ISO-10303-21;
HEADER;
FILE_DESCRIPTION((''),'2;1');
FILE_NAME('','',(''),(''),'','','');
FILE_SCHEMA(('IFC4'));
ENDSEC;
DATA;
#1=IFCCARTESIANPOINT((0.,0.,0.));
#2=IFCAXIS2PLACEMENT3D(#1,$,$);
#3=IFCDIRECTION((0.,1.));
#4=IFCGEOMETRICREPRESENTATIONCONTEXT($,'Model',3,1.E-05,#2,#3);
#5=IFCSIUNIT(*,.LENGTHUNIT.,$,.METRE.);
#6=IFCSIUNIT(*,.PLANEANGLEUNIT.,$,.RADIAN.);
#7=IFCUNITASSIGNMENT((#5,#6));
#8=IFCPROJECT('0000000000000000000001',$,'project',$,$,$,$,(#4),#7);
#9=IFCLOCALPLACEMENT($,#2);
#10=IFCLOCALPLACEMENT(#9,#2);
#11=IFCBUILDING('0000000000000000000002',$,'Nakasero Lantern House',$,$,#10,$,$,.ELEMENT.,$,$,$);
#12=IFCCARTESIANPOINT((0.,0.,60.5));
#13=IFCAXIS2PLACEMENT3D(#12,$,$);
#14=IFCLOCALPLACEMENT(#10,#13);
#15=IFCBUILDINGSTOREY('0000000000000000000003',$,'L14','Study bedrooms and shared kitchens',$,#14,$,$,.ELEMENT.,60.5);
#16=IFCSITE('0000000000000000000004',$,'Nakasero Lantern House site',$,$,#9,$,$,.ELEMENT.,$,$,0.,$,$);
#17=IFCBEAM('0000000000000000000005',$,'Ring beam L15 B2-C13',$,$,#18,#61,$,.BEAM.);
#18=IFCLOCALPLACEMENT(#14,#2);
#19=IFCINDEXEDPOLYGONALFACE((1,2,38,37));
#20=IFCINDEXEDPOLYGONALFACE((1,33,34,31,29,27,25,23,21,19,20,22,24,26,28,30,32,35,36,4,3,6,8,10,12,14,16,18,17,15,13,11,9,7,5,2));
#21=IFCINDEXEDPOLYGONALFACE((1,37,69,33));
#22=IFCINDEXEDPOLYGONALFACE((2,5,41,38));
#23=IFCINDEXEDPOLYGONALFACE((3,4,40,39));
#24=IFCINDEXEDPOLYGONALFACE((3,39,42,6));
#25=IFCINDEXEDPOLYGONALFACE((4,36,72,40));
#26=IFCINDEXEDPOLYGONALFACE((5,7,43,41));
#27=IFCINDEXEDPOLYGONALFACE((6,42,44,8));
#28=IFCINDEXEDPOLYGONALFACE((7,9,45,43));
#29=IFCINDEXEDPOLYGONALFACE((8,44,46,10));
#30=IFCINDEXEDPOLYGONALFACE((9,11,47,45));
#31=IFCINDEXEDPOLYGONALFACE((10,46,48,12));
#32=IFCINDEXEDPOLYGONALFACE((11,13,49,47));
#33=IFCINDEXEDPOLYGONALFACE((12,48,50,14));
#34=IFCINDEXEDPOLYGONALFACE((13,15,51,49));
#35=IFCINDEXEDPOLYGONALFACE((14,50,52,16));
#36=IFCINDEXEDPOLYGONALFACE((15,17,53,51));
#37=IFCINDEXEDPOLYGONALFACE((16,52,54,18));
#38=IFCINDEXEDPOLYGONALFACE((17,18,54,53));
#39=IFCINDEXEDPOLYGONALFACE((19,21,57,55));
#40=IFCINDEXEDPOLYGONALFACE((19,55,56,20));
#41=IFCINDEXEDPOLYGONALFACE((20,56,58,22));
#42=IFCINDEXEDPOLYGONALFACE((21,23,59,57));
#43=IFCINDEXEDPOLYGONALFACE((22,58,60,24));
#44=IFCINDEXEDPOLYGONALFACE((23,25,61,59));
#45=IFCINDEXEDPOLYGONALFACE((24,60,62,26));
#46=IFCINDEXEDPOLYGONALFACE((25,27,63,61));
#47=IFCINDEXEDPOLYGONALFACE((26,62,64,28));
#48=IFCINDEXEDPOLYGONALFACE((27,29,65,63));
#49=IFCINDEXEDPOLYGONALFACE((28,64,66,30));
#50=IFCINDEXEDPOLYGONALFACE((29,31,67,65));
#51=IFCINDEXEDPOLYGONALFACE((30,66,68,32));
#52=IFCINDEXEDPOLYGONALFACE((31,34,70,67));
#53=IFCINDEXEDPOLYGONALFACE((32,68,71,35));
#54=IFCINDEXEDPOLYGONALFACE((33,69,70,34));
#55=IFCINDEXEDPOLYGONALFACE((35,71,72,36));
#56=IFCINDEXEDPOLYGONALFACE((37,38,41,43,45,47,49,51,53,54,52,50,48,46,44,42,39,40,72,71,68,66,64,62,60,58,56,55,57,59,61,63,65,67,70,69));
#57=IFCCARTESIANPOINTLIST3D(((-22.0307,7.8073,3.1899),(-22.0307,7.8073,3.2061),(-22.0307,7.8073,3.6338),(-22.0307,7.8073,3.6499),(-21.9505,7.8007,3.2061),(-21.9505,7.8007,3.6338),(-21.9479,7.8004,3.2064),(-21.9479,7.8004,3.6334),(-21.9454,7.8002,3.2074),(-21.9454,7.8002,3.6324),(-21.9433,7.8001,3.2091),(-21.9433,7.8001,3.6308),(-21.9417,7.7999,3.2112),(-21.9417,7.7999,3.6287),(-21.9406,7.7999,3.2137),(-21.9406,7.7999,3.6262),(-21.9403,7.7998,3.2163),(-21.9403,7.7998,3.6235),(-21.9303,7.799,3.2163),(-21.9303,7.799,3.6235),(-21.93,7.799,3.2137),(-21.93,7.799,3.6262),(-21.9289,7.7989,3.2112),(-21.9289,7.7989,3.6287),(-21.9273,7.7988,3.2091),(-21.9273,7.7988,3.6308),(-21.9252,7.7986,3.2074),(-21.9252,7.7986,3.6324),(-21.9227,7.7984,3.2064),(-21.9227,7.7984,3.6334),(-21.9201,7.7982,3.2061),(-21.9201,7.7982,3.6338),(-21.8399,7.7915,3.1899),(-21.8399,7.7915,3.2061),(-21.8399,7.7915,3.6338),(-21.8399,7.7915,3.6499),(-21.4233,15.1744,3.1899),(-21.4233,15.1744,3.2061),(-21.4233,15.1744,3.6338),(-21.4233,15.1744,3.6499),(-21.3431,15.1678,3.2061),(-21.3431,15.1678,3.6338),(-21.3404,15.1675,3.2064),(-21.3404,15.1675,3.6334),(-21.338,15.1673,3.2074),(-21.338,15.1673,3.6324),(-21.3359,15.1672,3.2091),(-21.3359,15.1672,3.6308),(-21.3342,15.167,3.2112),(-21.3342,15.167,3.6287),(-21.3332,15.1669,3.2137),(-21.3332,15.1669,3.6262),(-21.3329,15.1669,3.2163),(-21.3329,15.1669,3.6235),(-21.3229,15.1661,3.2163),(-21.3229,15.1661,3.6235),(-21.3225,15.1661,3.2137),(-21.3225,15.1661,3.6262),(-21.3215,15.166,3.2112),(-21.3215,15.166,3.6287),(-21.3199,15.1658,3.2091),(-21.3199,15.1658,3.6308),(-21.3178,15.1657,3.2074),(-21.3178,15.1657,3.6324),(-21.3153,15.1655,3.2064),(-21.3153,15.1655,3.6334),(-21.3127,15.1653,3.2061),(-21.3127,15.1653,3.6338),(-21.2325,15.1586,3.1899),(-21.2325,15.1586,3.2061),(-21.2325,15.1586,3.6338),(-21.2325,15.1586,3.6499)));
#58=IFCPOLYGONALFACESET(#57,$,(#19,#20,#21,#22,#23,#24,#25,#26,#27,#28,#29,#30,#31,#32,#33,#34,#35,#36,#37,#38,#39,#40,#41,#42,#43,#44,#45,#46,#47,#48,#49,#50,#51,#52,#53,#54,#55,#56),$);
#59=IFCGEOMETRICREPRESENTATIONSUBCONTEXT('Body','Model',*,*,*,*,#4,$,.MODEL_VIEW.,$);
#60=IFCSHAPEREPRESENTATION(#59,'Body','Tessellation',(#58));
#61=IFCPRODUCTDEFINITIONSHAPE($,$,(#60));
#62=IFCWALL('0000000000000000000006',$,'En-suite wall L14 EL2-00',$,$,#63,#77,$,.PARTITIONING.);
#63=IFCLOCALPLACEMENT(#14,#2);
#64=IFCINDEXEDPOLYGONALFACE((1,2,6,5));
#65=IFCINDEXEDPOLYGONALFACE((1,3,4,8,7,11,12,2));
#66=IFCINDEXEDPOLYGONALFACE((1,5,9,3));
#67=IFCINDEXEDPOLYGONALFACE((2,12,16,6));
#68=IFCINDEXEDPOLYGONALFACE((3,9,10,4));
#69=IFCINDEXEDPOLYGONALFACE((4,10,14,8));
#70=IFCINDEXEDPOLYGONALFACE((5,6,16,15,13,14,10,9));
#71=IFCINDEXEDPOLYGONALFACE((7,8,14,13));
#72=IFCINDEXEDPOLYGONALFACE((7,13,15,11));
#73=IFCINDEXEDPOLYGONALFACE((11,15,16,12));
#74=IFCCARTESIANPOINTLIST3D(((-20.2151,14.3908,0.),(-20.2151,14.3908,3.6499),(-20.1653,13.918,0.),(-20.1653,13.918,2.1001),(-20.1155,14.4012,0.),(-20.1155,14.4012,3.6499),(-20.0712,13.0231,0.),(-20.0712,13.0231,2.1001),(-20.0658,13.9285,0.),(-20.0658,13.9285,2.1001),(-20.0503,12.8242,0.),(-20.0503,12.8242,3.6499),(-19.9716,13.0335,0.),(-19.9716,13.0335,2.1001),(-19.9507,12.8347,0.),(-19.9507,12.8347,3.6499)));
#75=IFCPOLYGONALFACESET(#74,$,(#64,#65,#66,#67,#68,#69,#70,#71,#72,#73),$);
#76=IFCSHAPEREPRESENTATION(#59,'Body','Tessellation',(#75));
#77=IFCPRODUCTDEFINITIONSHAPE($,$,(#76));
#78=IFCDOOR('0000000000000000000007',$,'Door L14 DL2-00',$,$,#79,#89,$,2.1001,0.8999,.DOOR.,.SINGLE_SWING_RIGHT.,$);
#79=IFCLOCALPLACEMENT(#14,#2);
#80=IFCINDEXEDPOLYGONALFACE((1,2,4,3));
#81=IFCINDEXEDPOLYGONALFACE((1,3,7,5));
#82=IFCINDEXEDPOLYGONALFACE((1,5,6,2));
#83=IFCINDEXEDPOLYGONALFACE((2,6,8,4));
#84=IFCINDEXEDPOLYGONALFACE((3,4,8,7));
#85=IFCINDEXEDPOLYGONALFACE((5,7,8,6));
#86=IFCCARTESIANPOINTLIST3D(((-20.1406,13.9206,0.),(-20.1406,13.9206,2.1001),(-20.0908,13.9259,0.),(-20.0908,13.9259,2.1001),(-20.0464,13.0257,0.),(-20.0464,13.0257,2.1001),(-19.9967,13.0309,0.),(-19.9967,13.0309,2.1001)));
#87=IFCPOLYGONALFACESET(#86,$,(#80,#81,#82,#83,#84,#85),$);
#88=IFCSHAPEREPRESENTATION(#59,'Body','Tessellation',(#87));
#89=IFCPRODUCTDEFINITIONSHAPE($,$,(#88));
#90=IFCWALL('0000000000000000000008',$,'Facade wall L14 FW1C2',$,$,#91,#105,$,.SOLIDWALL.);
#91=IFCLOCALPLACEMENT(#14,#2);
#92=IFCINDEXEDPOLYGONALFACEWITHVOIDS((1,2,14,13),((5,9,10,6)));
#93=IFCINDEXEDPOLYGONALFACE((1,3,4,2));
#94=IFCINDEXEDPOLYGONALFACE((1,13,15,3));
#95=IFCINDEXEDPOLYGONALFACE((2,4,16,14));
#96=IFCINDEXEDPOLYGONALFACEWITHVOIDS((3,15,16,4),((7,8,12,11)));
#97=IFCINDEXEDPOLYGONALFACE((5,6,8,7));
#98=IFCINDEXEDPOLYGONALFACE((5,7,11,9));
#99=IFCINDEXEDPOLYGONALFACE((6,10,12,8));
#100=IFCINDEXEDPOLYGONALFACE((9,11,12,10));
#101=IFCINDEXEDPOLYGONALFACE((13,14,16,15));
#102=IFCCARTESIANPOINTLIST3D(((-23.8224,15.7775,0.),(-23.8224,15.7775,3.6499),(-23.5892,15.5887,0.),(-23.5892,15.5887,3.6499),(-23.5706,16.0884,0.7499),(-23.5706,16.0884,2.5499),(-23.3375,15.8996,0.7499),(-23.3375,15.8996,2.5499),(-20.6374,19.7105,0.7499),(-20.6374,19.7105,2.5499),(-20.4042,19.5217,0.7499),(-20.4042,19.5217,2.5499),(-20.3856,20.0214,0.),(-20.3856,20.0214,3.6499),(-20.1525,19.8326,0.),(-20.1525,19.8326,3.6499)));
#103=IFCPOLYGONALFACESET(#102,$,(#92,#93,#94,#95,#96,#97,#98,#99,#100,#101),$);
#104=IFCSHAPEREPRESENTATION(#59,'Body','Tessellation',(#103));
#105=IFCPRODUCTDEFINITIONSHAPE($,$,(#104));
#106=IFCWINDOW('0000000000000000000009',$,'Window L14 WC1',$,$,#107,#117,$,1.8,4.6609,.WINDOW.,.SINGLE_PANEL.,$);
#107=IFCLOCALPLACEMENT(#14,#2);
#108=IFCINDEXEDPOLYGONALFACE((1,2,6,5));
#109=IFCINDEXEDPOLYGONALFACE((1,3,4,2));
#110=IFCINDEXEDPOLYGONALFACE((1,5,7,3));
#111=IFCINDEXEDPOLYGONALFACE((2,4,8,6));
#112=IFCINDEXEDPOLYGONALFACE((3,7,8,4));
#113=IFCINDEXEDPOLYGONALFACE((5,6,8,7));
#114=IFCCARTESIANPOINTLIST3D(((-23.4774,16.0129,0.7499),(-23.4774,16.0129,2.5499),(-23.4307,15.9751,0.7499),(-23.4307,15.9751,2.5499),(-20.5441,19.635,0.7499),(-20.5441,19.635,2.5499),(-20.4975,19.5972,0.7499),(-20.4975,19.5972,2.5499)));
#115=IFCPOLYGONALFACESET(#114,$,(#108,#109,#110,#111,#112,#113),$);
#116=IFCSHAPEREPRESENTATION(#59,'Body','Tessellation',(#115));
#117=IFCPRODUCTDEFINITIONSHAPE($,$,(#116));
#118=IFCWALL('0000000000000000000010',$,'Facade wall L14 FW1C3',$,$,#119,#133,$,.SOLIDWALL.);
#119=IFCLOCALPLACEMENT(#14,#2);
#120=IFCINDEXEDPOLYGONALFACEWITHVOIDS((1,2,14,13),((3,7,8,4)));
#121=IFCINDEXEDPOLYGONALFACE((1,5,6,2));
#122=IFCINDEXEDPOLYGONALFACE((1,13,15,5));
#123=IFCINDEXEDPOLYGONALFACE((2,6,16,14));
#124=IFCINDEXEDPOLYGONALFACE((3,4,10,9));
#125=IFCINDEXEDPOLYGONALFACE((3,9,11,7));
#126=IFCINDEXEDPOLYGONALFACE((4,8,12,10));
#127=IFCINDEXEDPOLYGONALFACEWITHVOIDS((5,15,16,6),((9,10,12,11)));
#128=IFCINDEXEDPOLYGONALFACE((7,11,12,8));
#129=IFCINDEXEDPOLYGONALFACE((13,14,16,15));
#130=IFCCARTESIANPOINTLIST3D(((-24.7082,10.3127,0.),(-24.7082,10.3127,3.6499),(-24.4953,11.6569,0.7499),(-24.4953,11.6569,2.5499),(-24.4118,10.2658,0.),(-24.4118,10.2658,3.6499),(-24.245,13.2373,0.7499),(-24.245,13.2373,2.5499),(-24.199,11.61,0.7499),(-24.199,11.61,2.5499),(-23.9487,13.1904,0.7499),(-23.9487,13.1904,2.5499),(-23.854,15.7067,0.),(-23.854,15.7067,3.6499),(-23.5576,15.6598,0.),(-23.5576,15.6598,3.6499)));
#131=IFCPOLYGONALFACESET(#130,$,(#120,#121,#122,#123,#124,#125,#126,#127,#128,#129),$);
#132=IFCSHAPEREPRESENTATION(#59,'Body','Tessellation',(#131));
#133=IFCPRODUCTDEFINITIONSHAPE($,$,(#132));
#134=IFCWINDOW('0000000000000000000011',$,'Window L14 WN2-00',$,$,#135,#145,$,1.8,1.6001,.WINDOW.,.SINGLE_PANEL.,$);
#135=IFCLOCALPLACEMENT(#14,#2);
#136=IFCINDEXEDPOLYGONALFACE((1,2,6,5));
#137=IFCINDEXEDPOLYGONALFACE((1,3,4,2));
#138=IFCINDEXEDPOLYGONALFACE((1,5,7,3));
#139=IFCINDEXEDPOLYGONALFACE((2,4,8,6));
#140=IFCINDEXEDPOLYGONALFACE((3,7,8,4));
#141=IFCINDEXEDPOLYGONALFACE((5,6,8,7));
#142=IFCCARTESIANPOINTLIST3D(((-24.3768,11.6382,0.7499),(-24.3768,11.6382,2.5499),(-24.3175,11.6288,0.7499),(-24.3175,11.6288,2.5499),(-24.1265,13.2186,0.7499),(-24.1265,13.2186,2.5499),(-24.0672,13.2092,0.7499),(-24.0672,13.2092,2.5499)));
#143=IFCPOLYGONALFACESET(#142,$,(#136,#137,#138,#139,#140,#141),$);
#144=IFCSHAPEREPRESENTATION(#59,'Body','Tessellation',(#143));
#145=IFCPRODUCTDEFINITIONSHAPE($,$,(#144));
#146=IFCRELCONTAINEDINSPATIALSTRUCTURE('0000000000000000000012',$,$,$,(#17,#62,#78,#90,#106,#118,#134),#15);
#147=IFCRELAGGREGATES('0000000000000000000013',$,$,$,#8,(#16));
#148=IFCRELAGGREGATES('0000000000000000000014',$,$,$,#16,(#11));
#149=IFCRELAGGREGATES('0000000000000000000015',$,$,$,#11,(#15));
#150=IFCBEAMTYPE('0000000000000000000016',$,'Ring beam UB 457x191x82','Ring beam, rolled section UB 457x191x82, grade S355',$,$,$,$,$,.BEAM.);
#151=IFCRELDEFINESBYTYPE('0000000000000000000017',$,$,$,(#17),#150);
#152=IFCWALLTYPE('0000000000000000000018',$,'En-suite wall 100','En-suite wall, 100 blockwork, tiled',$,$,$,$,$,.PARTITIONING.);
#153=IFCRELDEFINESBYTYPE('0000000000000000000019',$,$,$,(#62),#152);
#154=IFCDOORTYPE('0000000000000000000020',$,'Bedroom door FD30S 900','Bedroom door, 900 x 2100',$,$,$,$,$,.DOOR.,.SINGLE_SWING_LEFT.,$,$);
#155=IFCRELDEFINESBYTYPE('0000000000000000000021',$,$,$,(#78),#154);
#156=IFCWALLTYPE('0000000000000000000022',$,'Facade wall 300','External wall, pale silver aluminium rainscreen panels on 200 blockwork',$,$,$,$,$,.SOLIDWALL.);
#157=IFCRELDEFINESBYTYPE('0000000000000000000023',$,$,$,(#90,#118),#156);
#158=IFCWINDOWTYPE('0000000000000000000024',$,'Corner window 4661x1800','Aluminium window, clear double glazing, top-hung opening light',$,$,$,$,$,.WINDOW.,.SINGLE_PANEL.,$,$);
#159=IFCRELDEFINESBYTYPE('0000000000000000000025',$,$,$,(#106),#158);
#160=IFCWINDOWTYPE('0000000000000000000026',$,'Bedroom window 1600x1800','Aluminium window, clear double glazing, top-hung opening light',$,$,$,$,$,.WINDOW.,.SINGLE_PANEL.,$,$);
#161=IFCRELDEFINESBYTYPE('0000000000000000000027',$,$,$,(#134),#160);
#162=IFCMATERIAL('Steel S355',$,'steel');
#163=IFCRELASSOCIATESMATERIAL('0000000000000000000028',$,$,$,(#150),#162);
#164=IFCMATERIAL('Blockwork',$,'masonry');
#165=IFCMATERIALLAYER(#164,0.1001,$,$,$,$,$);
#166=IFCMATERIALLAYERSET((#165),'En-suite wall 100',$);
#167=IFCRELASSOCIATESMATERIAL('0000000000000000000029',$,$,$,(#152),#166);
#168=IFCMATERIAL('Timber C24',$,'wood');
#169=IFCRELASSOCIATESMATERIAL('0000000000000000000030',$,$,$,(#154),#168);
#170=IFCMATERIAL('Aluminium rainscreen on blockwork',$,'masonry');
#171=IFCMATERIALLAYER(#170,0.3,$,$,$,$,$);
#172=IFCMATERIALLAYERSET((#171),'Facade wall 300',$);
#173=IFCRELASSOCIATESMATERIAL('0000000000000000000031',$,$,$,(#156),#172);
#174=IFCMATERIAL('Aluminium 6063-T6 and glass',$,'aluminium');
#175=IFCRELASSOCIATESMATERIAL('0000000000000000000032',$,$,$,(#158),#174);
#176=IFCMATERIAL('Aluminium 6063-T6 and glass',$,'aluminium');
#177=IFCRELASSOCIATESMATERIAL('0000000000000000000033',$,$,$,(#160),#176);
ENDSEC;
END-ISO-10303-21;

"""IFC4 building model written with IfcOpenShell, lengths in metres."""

from ifc_helpers import new_model, si_unit, direction, frame, frame_2d, origin, origin_2d, place, context, subcontext, project, spatial, rectangle, i_section, extrude, material, layer, layer_set, material_profile, profile_set, type_object, element, fill, save


model = new_model("IFC4")

# Units and contexts
model_context = context("Model", 3, precision=1e-05, world=origin(), true_north=direction((0.0, 1.0)))
body_context = subcontext(model_context, "Body", "Model", "MODEL_VIEW")
ifc_project = project(units=[si_unit("LENGTHUNIT", "METRE"), si_unit("PLANEANGLEUNIT", "RADIAN")], contexts=[model_context])

# Site, building, storey
site_placement = place(None, origin())
site = spatial("IfcSite", under=ifc_project, at=site_placement, Name="Nakasero Lantern House site", CompositionType="ELEMENT", RefElevation=0.0)
building_placement = place(site_placement, origin())
building = spatial("IfcBuilding", under=site, at=building_placement, Name="Nakasero Lantern House", CompositionType="ELEMENT")
storey_placement = place(building_placement, frame((0.0, 0.0, 60.5)))
storey = spatial("IfcBuildingStorey", under=building, at=storey_placement, Name="L14", Description="Study bedrooms and shared kitchens", CompositionType="ELEMENT", Elevation=60.5)

# Beam
ifc_material_1 = material(Name="Steel S355", Category="steel")
ifc_material_profile_1 = material_profile(ifc_material_1, i_section(OverallWidth=0.1914, OverallDepth=0.46, WebThickness=0.01, FlangeThickness=0.0161, FilletRadius=0.0103, at=origin_2d()), Name="UB 457x191x82")
ifc_profile_set_1 = profile_set([ifc_material_profile_1], Name="Steel S355")
beam_type_1 = type_object("IfcBeamType", Name="Ring beam UB 457x191x82", Description="Ring beam, rolled section UB 457x191x82, grade S355", PredefinedType="BEAM", material=ifc_profile_set_1)
beam_1_placement = place(storey_placement, frame((-21.3279, 15.1665, 3.4199), z_axis=(-0.082171, -0.996618, 0.0), x_axis=(0.996618, -0.082171, 0.0)))
element("IfcBeam", 1, at=beam_1_placement, inside=storey, type_object=beam_type_1, Name="Ring beam L15 B2-C13", PredefinedType="BEAM", context=body_context, shape_type="SweptSolid", body=[
    extrude(i_section(OverallWidth=0.1914, OverallDepth=0.46, WebThickness=0.01, FlangeThickness=0.0161, FilletRadius=0.0103, at=origin_2d()), origin(), (0.0, 0.0, 1.0), 7.3921),
])

# Wall, opening, door
ifc_material_2 = material(Name="Blockwork", Category="masonry")
ifc_layer_1 = layer(ifc_material_2, 0.1001)
ifc_layer_set_1 = layer_set([ifc_layer_1], Name="En-suite wall 100")
wall_type_1 = type_object("IfcWallType", Name="En-suite wall 100", Description="En-suite wall, 100 blockwork, tiled", PredefinedType="PARTITIONING", material=ifc_layer_set_1)
wall_1_placement = place(storey_placement, frame((-20.1653, 14.396, 0.0), z_axis=(0.0, 0.0, 1.0), x_axis=(0.104612, -0.994513, 0.0)))
wall_1 = element("IfcWall", 2, at=wall_1_placement, inside=storey, type_object=wall_type_1, Name="En-suite wall L14 EL2-00", PredefinedType="PARTITIONING", context=body_context, shape_type="SweptSolid", body=[
    extrude(rectangle(XDim=1.5752, YDim=0.1001, at=frame_2d((0.7876, 0.0))), origin(), (0.0, 0.0, 1.0), 3.6499),
])
opening_1_placement = place(wall_1_placement, frame((0.4753, 0.0, 0.0)))
opening_1 = element("IfcOpeningElement", 3, at=opening_1_placement, cuts=wall_1, PredefinedType="OPENING", context=body_context, shape_type="SweptSolid", body=[
    extrude(rectangle(XDim=0.8999, YDim=2.1001, at=frame_2d((0.45, 1.05))), frame((0.0, 0.0701, 0.0), z_axis=(0.0, -1.0, 0.0), x_axis=(1.0, 0.0, 0.0)), (0.0, 0.0, 1.0), 0.1401),
])
ifc_material_3 = material(Name="Timber C24", Category="wood")
door_type = type_object("IfcDoorType", Name="Bedroom door FD30S 900", Description="Bedroom door, 900 x 2100", OperationType="SINGLE_SWING_LEFT", PredefinedType="DOOR", material=ifc_material_3)
door_placement = place(opening_1_placement, origin())
door = element("IfcDoor", 4, at=door_placement, inside=storey, type_object=door_type, Name="Door L14 DL2-00", OperationType="SINGLE_SWING_RIGHT", OverallHeight=2.1001, OverallWidth=0.8999, PredefinedType="DOOR", context=body_context, shape_type="SweptSolid", body=[
    extrude(rectangle(XDim=0.8999, YDim=2.1001, at=frame_2d((0.45, 1.05))), frame((0.0, 0.0249, 0.0), z_axis=(0.0, -1.0, 0.0), x_axis=(1.0, 0.0, 0.0)), (0.0, 0.0, 1.0), 0.05),
])
fill(opening_1, door)

# Walls, openings, windows
ifc_material_4 = material(Name="Aluminium rainscreen on blockwork", Category="masonry")
ifc_layer_2 = layer(ifc_material_4, 0.3)
ifc_layer_set_2 = layer_set([ifc_layer_2], Name="Facade wall 300")
wall_type_2 = type_object("IfcWallType", Name="Facade wall 300", Description="External wall, pale silver aluminium rainscreen panels on 200 blockwork", PredefinedType="SOLIDWALL", material=ifc_layer_set_2)
wall_2_placement = place(storey_placement, frame((-20.269, 19.927, 0.0), z_axis=(0.0, 0.0, 1.0), x_axis=(-0.629335, -0.777135, 0.0)))
wall_2 = element("IfcWall", 5, at=wall_2_placement, inside=storey, type_object=wall_type_2, Name="Facade wall L14 FW1C2", PredefinedType="SOLIDWALL", context=body_context, shape_type="SweptSolid", body=[
    extrude(rectangle(XDim=5.4609, YDim=0.3, at=frame_2d((2.7305, 0.0))), origin(), (0.0, 0.0, 1.0), 3.6499),
])
opening_2_placement = place(wall_2_placement, frame((0.3999, 0.0, 0.75)))
opening_2 = element("IfcOpeningElement", 6, at=opening_2_placement, cuts=wall_2, PredefinedType="OPENING", context=body_context, shape_type="SweptSolid", body=[
    extrude(rectangle(XDim=4.6609, YDim=1.8, at=frame_2d((2.3306, 0.8999))), frame((0.0, 0.1699, 0.0), z_axis=(0.0, -1.0, 0.0), x_axis=(1.0, 0.0, 0.0)), (0.0, 0.0, 1.0), 0.3401),
])
ifc_material_5 = material(Name="Aluminium 6063-T6 and glass", Category="aluminium")
window_type_1 = type_object("IfcWindowType", Name="Corner window 4661x1800", Description="Aluminium window, clear double glazing, top-hung opening light", PartitioningType="SINGLE_PANEL", PredefinedType="WINDOW", material=ifc_material_5)
window_1_placement = place(opening_2_placement, origin())
window_1 = element("IfcWindow", 7, at=window_1_placement, inside=storey, type_object=window_type_1, Name="Window L14 WC1", OverallHeight=1.8, OverallWidth=4.6609, PartitioningType="SINGLE_PANEL", PredefinedType="WINDOW", context=body_context, shape_type="SweptSolid", body=[
    extrude(rectangle(XDim=4.6609, YDim=1.8, at=frame_2d((2.3306, 0.8999))), frame((0.0, 0.03, 0.0), z_axis=(0.0, -1.0, 0.0), x_axis=(1.0, 0.0, 0.0)), (0.0, 0.0, 1.0), 0.0601),
])
fill(opening_2, window_1)
wall_3_placement = place(storey_placement, frame((-23.7058, 15.6831, 0.0), z_axis=(0.0, 0.0, 1.0), x_axis=(-0.156419, -0.987691, 0.0)))
wall_3 = element("IfcWall", 8, at=wall_3_placement, inside=storey, type_object=wall_type_2, Name="Facade wall L14 FW1C3", PredefinedType="SOLIDWALL", context=body_context, shape_type="SweptSolid", body=[
    extrude(rectangle(XDim=5.4612, YDim=0.3, at=frame_2d((2.7305, 0.0))), origin(), (0.0, 0.0, 1.0), 3.6499),
])
opening_3_placement = place(wall_3_placement, frame((2.5, 0.0, 0.75)))
opening_3 = element("IfcOpeningElement", 9, at=opening_3_placement, cuts=wall_3, PredefinedType="OPENING", context=body_context, shape_type="SweptSolid", body=[
    extrude(rectangle(XDim=1.6001, YDim=1.8, at=frame_2d((0.8, 0.8999))), frame((0.0, 0.1699, 0.0), z_axis=(0.0, -1.0, 0.0), x_axis=(1.0, 0.0, 0.0)), (0.0, 0.0, 1.0), 0.3401),
])
ifc_material_6 = material(Name="Aluminium 6063-T6 and glass", Category="aluminium")
window_type_2 = type_object("IfcWindowType", Name="Bedroom window 1600x1800", Description="Aluminium window, clear double glazing, top-hung opening light", PartitioningType="SINGLE_PANEL", PredefinedType="WINDOW", material=ifc_material_6)
window_2_placement = place(opening_3_placement, origin())
window_2 = element("IfcWindow", 10, at=window_2_placement, inside=storey, type_object=window_type_2, Name="Window L14 WN2-00", OverallHeight=1.8, OverallWidth=1.6001, PartitioningType="SINGLE_PANEL", PredefinedType="WINDOW", context=body_context, shape_type="SweptSolid", body=[
    extrude(rectangle(XDim=1.6001, YDim=1.8, at=frame_2d((0.8, 0.8999))), frame((0.0, 0.03, 0.0), z_axis=(0.0, -1.0, 0.0), x_axis=(1.0, 0.0, 0.0)), (0.0, 0.0, 1.0), 0.0601),
])
fill(opening_3, window_2)

save(model, "model.ifc")
